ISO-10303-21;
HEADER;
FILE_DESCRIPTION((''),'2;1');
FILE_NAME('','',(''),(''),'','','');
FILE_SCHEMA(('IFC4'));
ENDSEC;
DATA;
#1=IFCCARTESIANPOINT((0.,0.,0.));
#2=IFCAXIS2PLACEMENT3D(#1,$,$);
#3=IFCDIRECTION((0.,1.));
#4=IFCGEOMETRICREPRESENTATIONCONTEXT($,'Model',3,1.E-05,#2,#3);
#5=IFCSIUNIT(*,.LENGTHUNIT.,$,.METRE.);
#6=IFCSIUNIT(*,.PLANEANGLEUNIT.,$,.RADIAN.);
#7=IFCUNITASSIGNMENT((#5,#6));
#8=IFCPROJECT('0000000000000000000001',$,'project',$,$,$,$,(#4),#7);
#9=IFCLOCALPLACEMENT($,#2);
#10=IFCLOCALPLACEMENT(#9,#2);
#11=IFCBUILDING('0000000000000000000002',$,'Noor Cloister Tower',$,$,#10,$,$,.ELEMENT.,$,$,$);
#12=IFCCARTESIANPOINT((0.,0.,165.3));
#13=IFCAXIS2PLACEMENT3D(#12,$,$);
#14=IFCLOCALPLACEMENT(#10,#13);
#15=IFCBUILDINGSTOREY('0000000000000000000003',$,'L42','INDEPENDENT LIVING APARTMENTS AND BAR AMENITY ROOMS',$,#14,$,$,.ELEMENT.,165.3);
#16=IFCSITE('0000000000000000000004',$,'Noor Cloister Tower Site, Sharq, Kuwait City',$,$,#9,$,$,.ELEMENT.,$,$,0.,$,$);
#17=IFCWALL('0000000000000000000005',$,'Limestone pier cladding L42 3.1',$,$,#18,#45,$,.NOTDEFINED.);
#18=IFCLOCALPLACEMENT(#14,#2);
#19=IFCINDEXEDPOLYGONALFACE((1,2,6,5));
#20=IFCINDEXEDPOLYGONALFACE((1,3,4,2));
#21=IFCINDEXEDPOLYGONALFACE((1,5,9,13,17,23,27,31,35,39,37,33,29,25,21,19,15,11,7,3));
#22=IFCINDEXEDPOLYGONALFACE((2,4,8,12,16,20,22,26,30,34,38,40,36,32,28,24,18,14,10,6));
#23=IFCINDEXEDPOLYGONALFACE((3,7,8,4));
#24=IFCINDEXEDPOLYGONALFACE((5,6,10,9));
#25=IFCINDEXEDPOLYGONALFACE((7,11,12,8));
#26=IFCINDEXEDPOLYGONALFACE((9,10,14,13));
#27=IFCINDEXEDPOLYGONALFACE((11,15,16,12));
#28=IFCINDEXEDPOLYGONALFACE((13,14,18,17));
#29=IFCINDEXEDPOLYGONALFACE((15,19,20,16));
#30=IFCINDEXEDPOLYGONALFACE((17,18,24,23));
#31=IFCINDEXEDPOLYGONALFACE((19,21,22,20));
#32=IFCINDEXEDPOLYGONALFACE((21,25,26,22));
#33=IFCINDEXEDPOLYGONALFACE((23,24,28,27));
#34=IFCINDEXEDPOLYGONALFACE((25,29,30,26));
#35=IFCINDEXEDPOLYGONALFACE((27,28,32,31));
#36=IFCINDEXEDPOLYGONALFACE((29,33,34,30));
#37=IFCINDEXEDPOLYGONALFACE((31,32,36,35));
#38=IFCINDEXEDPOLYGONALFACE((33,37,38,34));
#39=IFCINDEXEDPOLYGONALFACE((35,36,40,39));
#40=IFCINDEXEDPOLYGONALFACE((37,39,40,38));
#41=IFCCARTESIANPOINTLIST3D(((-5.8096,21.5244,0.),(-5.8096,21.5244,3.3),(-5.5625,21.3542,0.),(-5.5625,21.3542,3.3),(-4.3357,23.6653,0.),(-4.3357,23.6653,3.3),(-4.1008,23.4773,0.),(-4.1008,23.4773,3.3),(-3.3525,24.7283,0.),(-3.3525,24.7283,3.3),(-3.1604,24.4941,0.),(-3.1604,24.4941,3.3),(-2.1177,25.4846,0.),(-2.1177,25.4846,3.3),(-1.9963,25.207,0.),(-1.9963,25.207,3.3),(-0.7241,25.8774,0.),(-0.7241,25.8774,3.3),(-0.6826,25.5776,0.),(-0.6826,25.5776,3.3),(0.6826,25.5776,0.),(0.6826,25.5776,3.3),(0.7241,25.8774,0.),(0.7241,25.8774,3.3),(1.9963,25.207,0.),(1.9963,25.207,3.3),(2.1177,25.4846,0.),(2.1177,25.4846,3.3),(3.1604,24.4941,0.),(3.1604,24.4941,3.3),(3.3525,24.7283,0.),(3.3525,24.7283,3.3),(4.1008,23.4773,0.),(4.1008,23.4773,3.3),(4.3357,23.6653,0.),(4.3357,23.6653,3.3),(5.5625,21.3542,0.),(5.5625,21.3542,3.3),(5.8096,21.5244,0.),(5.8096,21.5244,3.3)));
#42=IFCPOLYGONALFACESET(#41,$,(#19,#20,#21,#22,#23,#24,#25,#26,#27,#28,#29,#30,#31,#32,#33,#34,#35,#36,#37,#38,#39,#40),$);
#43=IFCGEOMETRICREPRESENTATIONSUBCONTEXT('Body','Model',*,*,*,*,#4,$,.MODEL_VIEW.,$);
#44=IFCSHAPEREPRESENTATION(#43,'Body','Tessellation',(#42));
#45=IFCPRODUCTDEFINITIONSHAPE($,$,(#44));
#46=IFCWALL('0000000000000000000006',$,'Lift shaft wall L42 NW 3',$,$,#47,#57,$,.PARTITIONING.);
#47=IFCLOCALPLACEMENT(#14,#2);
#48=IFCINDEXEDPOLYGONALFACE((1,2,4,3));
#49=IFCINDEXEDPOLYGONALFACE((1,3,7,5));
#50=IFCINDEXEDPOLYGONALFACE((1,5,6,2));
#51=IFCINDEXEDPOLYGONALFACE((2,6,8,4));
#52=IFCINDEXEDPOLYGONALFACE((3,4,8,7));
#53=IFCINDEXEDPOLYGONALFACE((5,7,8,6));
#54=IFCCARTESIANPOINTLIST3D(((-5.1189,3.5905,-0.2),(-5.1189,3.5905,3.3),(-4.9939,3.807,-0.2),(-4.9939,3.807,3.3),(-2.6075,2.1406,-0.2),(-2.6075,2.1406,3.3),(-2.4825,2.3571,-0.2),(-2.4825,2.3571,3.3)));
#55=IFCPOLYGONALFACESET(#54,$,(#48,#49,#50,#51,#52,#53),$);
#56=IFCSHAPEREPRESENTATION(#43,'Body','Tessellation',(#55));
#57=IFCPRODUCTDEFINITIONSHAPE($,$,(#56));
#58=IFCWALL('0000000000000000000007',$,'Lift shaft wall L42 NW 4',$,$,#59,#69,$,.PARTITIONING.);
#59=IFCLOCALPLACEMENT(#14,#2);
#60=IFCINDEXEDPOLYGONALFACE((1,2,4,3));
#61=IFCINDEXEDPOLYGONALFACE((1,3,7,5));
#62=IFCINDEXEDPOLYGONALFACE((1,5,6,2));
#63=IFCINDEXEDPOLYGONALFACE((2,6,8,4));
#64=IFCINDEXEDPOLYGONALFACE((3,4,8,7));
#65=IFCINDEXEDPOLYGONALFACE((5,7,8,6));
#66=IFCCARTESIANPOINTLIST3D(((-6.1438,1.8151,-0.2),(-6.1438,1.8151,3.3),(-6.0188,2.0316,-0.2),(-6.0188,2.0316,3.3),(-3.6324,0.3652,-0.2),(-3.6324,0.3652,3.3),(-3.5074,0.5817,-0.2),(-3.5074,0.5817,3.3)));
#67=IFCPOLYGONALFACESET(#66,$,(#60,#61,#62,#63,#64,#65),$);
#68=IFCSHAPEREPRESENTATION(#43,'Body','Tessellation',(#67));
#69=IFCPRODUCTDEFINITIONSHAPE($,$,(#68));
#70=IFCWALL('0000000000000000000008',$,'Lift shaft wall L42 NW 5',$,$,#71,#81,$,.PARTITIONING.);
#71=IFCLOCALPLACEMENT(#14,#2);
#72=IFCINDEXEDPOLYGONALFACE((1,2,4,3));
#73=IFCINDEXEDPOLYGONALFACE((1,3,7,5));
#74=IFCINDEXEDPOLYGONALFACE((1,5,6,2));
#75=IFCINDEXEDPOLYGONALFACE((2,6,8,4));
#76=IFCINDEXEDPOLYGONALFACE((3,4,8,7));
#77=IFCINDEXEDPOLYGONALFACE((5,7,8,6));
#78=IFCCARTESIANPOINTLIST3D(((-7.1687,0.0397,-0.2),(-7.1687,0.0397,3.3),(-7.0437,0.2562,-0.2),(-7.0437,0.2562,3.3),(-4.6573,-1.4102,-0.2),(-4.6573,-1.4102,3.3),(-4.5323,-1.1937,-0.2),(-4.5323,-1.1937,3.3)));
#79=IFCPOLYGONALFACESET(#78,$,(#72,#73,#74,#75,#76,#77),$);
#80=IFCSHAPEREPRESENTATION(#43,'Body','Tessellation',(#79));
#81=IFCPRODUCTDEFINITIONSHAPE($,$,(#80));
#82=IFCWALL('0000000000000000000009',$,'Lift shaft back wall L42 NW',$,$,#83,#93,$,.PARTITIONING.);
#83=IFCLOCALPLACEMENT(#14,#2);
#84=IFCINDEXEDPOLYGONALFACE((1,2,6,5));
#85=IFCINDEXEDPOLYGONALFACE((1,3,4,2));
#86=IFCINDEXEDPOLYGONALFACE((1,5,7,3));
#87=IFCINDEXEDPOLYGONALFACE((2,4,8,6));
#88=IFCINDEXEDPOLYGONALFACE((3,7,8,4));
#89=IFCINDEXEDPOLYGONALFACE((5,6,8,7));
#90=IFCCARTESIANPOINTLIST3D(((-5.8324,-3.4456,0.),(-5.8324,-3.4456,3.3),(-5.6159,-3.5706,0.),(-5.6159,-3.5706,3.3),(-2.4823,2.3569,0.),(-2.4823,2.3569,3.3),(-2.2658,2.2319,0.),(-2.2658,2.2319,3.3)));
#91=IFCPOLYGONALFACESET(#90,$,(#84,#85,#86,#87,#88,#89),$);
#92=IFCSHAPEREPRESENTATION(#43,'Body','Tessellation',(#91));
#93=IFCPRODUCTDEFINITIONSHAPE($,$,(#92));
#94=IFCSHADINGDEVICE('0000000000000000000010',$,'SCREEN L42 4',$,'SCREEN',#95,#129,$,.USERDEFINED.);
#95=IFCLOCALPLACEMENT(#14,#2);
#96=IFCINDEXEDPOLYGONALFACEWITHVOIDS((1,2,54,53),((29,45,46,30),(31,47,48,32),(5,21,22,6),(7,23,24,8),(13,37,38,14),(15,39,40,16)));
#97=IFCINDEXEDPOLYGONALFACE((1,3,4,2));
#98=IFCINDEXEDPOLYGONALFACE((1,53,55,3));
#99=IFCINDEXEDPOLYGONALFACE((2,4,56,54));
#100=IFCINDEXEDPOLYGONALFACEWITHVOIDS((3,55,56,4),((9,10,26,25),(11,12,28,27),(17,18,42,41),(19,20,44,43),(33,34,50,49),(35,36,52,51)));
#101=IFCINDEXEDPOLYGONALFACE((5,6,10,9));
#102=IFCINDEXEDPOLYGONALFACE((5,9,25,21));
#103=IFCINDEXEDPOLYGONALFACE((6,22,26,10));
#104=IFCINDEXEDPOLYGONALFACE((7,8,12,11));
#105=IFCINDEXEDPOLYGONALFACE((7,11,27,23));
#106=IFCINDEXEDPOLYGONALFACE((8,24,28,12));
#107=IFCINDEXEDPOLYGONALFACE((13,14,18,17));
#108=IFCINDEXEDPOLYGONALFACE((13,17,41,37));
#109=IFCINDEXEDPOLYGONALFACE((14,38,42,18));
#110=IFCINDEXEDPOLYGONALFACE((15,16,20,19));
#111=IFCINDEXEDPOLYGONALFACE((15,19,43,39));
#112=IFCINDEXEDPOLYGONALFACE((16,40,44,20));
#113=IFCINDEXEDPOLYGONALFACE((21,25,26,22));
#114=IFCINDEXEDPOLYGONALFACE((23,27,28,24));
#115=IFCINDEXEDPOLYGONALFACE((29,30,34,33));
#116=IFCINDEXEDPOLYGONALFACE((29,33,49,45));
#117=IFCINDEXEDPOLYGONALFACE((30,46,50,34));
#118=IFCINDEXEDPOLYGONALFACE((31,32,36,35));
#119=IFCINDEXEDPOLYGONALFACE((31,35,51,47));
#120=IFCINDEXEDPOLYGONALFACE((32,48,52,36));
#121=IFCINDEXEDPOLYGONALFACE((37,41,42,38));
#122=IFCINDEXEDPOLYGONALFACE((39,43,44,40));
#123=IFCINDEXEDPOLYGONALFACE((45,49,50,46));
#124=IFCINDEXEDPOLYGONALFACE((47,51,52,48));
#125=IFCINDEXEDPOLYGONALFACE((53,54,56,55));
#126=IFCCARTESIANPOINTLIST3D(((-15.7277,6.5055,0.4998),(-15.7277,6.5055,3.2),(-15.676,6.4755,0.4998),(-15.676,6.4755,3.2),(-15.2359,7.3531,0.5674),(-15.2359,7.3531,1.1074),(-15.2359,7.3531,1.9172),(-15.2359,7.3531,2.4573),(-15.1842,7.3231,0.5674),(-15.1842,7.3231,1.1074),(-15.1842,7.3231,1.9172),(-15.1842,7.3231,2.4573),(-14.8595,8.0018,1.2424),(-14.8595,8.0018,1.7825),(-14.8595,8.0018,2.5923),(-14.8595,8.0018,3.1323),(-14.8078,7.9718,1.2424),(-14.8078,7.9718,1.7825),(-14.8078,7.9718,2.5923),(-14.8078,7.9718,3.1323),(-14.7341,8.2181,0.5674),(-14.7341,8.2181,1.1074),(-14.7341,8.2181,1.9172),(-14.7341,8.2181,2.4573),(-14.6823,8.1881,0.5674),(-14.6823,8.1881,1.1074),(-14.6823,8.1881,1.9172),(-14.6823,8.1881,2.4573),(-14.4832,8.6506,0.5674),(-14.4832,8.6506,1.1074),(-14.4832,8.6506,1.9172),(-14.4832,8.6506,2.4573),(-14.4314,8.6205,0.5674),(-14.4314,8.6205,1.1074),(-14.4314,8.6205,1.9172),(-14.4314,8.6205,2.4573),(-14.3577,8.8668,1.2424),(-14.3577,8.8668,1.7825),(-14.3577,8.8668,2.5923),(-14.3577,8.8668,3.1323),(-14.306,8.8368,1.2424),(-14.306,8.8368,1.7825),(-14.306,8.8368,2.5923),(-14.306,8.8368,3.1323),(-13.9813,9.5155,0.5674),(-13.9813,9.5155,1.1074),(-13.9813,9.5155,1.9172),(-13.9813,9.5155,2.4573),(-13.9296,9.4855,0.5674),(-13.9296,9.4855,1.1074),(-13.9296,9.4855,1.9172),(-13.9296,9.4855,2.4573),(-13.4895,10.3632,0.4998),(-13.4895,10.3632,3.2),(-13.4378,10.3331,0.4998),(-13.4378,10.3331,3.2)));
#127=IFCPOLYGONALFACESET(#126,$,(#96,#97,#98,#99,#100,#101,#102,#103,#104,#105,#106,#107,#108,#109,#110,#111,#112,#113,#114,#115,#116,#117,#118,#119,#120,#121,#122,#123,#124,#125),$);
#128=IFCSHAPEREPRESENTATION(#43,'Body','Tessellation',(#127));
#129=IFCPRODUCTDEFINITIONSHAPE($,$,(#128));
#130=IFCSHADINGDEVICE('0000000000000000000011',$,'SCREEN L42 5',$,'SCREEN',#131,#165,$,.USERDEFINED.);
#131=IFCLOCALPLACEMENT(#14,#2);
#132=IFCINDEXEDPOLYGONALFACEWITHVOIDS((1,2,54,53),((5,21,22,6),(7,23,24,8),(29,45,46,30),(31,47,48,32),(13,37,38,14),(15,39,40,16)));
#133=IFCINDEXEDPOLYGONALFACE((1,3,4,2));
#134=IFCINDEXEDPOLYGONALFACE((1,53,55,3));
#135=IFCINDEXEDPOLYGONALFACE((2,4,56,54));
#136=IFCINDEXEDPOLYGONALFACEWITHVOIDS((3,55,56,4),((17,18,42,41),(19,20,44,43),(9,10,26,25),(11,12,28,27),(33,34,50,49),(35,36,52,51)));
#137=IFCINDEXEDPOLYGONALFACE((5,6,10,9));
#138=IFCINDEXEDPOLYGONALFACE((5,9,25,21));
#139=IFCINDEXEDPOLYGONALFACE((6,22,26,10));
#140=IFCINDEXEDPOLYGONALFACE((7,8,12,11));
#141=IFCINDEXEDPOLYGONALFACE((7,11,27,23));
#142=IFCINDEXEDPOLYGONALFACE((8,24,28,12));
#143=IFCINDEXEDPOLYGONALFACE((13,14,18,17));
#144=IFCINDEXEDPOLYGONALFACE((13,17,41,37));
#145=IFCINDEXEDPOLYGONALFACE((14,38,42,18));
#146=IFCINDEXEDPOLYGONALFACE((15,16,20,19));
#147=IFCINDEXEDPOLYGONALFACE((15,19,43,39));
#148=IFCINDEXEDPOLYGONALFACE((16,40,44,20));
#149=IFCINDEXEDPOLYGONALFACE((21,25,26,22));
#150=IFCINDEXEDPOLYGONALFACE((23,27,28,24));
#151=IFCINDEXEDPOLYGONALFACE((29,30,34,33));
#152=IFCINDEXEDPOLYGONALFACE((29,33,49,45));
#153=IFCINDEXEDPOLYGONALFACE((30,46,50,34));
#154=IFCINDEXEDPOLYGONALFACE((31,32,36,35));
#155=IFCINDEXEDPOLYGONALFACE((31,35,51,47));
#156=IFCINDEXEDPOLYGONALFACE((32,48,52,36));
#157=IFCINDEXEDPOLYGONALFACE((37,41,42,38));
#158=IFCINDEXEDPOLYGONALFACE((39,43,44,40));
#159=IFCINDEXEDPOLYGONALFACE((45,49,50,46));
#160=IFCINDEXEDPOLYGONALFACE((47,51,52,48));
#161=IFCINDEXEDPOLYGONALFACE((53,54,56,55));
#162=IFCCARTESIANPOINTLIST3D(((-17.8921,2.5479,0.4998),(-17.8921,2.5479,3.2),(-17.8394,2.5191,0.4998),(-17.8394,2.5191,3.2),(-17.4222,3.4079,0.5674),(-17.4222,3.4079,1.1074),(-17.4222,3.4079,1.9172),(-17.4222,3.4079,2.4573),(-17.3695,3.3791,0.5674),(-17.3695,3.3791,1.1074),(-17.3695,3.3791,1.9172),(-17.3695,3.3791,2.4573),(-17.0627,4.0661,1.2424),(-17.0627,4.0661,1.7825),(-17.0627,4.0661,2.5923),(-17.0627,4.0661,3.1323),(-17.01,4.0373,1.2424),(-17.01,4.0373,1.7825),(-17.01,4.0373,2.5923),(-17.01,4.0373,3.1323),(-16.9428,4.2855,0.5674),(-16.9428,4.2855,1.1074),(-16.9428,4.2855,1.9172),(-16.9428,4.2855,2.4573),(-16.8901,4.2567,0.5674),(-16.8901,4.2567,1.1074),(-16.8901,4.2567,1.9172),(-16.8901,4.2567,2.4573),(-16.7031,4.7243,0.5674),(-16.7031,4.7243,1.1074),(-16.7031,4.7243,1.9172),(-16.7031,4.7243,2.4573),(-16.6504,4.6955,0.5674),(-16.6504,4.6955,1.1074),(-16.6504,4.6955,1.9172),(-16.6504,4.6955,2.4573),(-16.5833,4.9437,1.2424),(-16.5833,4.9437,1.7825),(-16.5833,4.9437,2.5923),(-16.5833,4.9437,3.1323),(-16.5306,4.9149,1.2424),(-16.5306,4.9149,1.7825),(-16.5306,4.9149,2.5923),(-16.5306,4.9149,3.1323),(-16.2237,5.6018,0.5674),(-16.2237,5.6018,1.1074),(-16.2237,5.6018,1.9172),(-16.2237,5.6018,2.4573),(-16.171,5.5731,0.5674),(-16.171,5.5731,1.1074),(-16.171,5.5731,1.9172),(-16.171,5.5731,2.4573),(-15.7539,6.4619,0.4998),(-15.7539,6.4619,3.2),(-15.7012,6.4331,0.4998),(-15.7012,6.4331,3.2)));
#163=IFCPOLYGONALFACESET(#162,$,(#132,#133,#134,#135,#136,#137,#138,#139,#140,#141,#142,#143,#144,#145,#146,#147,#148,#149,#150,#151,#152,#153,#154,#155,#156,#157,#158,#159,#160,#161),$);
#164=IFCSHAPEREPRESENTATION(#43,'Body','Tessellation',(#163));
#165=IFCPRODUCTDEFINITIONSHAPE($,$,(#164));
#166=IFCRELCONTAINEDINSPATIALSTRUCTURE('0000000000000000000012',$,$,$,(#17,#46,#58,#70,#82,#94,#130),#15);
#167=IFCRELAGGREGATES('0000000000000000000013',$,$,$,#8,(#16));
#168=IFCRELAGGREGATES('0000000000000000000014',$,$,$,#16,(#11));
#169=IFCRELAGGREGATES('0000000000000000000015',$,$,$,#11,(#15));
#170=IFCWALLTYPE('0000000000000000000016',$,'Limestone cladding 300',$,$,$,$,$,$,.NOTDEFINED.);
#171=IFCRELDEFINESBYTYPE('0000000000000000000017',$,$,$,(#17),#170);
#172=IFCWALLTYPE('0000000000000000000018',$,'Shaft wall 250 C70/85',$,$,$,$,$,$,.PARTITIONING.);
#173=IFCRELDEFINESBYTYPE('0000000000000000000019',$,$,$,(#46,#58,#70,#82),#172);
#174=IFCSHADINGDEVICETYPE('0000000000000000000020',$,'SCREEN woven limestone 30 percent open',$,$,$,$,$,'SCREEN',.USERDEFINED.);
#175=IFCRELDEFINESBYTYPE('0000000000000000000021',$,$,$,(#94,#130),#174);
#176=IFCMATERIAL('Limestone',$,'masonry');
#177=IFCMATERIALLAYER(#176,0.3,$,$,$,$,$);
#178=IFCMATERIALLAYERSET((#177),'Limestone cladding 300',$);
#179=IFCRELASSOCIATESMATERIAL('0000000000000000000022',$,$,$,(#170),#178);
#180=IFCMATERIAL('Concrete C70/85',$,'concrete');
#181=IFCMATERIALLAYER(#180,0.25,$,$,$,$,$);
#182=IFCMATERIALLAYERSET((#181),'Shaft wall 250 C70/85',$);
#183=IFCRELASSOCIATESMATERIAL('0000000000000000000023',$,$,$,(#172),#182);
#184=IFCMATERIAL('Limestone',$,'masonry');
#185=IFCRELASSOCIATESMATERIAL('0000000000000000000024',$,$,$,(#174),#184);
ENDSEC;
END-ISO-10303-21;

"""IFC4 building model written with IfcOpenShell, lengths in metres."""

from ifc_helpers import new_model, si_unit, direction, frame, frame_2d, origin, place, context, subcontext, project, spatial, polyline, rectangle, outline, extrude, material, layer, layer_set, material_profile, profile_set, type_object, element, save


model = new_model("IFC4")

# Units and contexts
model_context = context("Model", 3, precision=1e-05, world=origin(), true_north=direction((0.0, 1.0)))
body_context = subcontext(model_context, "Body", "Model", "MODEL_VIEW")
ifc_project = project(units=[si_unit("LENGTHUNIT", "METRE"), si_unit("PLANEANGLEUNIT", "RADIAN")], contexts=[model_context])

# Site, building, storey
site_placement = place(None, origin())
site = spatial("IfcSite", under=ifc_project, at=site_placement, Name="Noor Cloister Tower Site, Sharq, Kuwait City", CompositionType="ELEMENT", RefElevation=0.0)
building_placement = place(site_placement, origin())
building = spatial("IfcBuilding", under=site, at=building_placement, Name="Noor Cloister Tower", CompositionType="ELEMENT")
storey_placement = place(building_placement, frame((0.0, 0.0, 165.3)))
storey = spatial("IfcBuildingStorey", under=building, at=storey_placement, Name="L42", Description="INDEPENDENT LIVING APARTMENTS AND BAR AMENITY ROOMS", CompositionType="ELEMENT", Elevation=165.3)

# Walls
ifc_material_1 = material(Name="Limestone", Category="masonry")
ifc_layer_1 = layer(ifc_material_1, 0.3)
ifc_layer_set_1 = layer_set([ifc_layer_1], Name="Limestone cladding 300")
wall_type_1 = type_object("IfcWallType", Name="Limestone cladding 300", PredefinedType="NOTDEFINED", material=ifc_layer_set_1)
wall_1_placement = place(storey_placement, origin())
element("IfcWall", 1, at=wall_1_placement, inside=storey, type_object=wall_type_1, Name="Limestone pier cladding L42 3.1", PredefinedType="NOTDEFINED", context=body_context, shape_type="SweptSolid", body=[
    extrude(outline(polyline([(5.8096, 21.5244), (4.3357, 23.6653), (3.3525, 24.7283), (2.1177, 25.4846), (0.7241, 25.8774), (-0.7241, 25.8774), (-2.1177, 25.4846), (-3.3525, 24.7283), (-4.3357, 23.6653), (-5.8096, 21.5244), (-5.5625, 21.3542), (-4.1008, 23.4773), (-3.1604, 24.4941), (-1.9963, 25.207), (-0.6826, 25.5776), (0.6826, 25.5776), (1.9963, 25.207), (3.1604, 24.4941), (4.1008, 23.4773), (5.5625, 21.3542), (5.8096, 21.5244)])), origin(), (0.0, 0.0, 1.0), 3.3),
])
ifc_material_2 = material(Name="Concrete C70/85", Category="concrete")
ifc_layer_2 = layer(ifc_material_2, 0.25)
ifc_layer_set_2 = layer_set([ifc_layer_2], Name="Shaft wall 250 C70/85")
wall_type_2 = type_object("IfcWallType", Name="Shaft wall 250 C70/85", PredefinedType="PARTITIONING", material=ifc_layer_set_2)
for number, where, z_axis, x_axis, name in (
    (2, (-5.0564, 3.6987, -0.2), (0.0, 0.0, 1.0), (0.866033, -0.499987, 0.0), "Lift shaft wall L42 NW 3"),
    (3, (-6.0813, 1.9233, -0.2), (0.0, 0.0, 1.0), (0.866033, -0.499987, 0.0), "Lift shaft wall L42 NW 4"),
    (4, (-7.1062, 0.1479, -0.2), (0.0, 0.0, 1.0), (0.866033, -0.499987, 0.0), "Lift shaft wall L42 NW 5"),
):
    element("IfcWall", number, at=place(storey_placement, frame(where, z_axis=z_axis, x_axis=x_axis)), inside=storey, type_object=wall_type_2, Name=name, PredefinedType="PARTITIONING", context=body_context, shape_type="SweptSolid", body=[
        extrude(rectangle(XDim=2.8999, YDim=0.25, at=frame_2d((1.45, 0.0))), origin(), (0.0, 0.0, 1.0), 3.5),
    ])
wall_2_placement = place(storey_placement, frame((-2.374, 2.2944, 0.0), z_axis=(0.0, 0.0, 1.0), x_axis=(-0.500003, -0.866024, 0.0)))
element("IfcWall", 5, at=wall_2_placement, inside=storey, type_object=wall_type_2, Name="Lift shaft back wall L42 NW", PredefinedType="PARTITIONING", context=body_context, shape_type="SweptSolid", body=[
    extrude(rectangle(XDim=6.7002, YDim=0.25, at=frame_2d((3.3501, 0.0))), origin(), (0.0, 0.0, 1.0), 3.3),
])

# Shading devices
ifc_material_3 = material(Name="Limestone", Category="masonry")
ifc_material_profile_1 = material_profile(ifc_material_3, outline(polyline([(-2.23, -1.3501), (2.23, -1.3501), (2.23, 1.3501), (-2.23, 1.3501), (-2.23, -1.3501)]), holes=[polyline([(-1.25, -1.2825), (-0.25, -1.2825), (-0.25, -0.7424), (-1.25, -0.7424), (-1.25, -1.2825)]), polyline([(0.25, -1.2825), (1.25, -1.2825), (1.25, -0.7424), (0.25, -0.7424), (0.25, -1.2825)]), polyline([(-0.5, -0.6074), (0.5, -0.6074), (0.5, -0.0674), (-0.5, -0.0674), (-0.5, -0.6074)]), polyline([(-1.25, 0.0674), (-0.25, 0.0674), (-0.25, 0.6074), (-1.25, 0.6074), (-1.25, 0.0674)]), polyline([(0.25, 0.0674), (1.25, 0.0674), (1.25, 0.6074), (0.25, 0.6074), (0.25, 0.0674)]), polyline([(-0.5, 0.7424), (0.5, 0.7424), (0.5, 1.2825), (-0.5, 1.2825), (-0.5, 0.7424)])]), Name="Woven screen 30 percent open")
ifc_profile_set_1 = profile_set([ifc_material_profile_1], Name="Limestone")
shading_device_type_1 = type_object("IfcShadingDeviceType", Name="SCREEN woven limestone 30 percent open", ElementType="SCREEN", PredefinedType="USERDEFINED", material=ifc_profile_set_1)
shading_device_1_placement = place(storey_placement, frame((-14.5569, 8.4043, 1.8499), z_axis=(-0.86496, 0.50184, 0.0), x_axis=(-0.50184, -0.86496, 0.0)))
element("IfcShadingDevice", 6, at=shading_device_1_placement, inside=storey, type_object=shading_device_type_1, Name="SCREEN L42 4", ObjectType="SCREEN", PredefinedType="USERDEFINED", context=body_context, shape_type="SweptSolid", body=[
    extrude(outline(polyline([(-2.23, -1.3501), (2.23, -1.3501), (2.23, 1.3501), (-2.23, 1.3501), (-2.23, -1.3501)]), holes=[polyline([(-1.25, -1.2825), (-0.25, -1.2825), (-0.25, -0.7424), (-1.25, -0.7424), (-1.25, -1.2825)]), polyline([(0.25, -1.2825), (1.25, -1.2825), (1.25, -0.7424), (0.25, -0.7424), (0.25, -1.2825)]), polyline([(-0.5, -0.6074), (0.5, -0.6074), (0.5, -0.0674), (-0.5, -0.0674), (-0.5, -0.6074)]), polyline([(-1.25, 0.0674), (-0.25, 0.0674), (-0.25, 0.6074), (-1.25, 0.6074), (-1.25, 0.0674)]), polyline([(0.25, 0.0674), (1.25, 0.0674), (1.25, 0.6074), (0.25, 0.6074), (0.25, 0.0674)]), polyline([(-0.5, 0.7424), (0.5, 0.7424), (0.5, 1.2825), (-0.5, 1.2825), (-0.5, 0.7424)])]), origin(), (0.0, 0.0, 1.0), 0.0598),
])
for number, where, z_axis, x_axis, name in (
    (7, (-16.7703, 4.4761, 1.8499), (-0.877585, 0.479421, 0.0), (-0.479421, -0.877585, 0.0), "SCREEN L42 5"),
):
    element("IfcShadingDevice", number, at=place(storey_placement, frame(where, z_axis=z_axis, x_axis=x_axis)), inside=storey, type_object=shading_device_type_1, Name=name, ObjectType="SCREEN", PredefinedType="USERDEFINED", context=body_context, shape_type="SweptSolid", body=[
        extrude(outline(polyline([(-2.23, -1.3501), (2.23, -1.3501), (2.23, 1.3501), (-2.23, 1.3501), (-2.23, -1.3501)]), holes=[polyline([(-1.25, -1.2825), (-0.25, -1.2825), (-0.25, -0.7424), (-1.25, -0.7424), (-1.25, -1.2825)]), polyline([(0.25, -1.2825), (1.25, -1.2825), (1.25, -0.7424), (0.25, -0.7424), (0.25, -1.2825)]), polyline([(-0.5, -0.6074), (0.5, -0.6074), (0.5, -0.0674), (-0.5, -0.0674), (-0.5, -0.6074)]), polyline([(-1.25, 0.0674), (-0.25, 0.0674), (-0.25, 0.6074), (-1.25, 0.6074), (-1.25, 0.0674)]), polyline([(0.25, 0.0674), (1.25, 0.0674), (1.25, 0.6074), (0.25, 0.6074), (0.25, 0.0674)]), polyline([(-0.5, 0.7424), (0.5, 0.7424), (0.5, 1.2825), (-0.5, 1.2825), (-0.5, 0.7424)])]), origin(), (0.0, 0.0, 1.0), 0.0601),
    ])

save(model, "model.ifc")
